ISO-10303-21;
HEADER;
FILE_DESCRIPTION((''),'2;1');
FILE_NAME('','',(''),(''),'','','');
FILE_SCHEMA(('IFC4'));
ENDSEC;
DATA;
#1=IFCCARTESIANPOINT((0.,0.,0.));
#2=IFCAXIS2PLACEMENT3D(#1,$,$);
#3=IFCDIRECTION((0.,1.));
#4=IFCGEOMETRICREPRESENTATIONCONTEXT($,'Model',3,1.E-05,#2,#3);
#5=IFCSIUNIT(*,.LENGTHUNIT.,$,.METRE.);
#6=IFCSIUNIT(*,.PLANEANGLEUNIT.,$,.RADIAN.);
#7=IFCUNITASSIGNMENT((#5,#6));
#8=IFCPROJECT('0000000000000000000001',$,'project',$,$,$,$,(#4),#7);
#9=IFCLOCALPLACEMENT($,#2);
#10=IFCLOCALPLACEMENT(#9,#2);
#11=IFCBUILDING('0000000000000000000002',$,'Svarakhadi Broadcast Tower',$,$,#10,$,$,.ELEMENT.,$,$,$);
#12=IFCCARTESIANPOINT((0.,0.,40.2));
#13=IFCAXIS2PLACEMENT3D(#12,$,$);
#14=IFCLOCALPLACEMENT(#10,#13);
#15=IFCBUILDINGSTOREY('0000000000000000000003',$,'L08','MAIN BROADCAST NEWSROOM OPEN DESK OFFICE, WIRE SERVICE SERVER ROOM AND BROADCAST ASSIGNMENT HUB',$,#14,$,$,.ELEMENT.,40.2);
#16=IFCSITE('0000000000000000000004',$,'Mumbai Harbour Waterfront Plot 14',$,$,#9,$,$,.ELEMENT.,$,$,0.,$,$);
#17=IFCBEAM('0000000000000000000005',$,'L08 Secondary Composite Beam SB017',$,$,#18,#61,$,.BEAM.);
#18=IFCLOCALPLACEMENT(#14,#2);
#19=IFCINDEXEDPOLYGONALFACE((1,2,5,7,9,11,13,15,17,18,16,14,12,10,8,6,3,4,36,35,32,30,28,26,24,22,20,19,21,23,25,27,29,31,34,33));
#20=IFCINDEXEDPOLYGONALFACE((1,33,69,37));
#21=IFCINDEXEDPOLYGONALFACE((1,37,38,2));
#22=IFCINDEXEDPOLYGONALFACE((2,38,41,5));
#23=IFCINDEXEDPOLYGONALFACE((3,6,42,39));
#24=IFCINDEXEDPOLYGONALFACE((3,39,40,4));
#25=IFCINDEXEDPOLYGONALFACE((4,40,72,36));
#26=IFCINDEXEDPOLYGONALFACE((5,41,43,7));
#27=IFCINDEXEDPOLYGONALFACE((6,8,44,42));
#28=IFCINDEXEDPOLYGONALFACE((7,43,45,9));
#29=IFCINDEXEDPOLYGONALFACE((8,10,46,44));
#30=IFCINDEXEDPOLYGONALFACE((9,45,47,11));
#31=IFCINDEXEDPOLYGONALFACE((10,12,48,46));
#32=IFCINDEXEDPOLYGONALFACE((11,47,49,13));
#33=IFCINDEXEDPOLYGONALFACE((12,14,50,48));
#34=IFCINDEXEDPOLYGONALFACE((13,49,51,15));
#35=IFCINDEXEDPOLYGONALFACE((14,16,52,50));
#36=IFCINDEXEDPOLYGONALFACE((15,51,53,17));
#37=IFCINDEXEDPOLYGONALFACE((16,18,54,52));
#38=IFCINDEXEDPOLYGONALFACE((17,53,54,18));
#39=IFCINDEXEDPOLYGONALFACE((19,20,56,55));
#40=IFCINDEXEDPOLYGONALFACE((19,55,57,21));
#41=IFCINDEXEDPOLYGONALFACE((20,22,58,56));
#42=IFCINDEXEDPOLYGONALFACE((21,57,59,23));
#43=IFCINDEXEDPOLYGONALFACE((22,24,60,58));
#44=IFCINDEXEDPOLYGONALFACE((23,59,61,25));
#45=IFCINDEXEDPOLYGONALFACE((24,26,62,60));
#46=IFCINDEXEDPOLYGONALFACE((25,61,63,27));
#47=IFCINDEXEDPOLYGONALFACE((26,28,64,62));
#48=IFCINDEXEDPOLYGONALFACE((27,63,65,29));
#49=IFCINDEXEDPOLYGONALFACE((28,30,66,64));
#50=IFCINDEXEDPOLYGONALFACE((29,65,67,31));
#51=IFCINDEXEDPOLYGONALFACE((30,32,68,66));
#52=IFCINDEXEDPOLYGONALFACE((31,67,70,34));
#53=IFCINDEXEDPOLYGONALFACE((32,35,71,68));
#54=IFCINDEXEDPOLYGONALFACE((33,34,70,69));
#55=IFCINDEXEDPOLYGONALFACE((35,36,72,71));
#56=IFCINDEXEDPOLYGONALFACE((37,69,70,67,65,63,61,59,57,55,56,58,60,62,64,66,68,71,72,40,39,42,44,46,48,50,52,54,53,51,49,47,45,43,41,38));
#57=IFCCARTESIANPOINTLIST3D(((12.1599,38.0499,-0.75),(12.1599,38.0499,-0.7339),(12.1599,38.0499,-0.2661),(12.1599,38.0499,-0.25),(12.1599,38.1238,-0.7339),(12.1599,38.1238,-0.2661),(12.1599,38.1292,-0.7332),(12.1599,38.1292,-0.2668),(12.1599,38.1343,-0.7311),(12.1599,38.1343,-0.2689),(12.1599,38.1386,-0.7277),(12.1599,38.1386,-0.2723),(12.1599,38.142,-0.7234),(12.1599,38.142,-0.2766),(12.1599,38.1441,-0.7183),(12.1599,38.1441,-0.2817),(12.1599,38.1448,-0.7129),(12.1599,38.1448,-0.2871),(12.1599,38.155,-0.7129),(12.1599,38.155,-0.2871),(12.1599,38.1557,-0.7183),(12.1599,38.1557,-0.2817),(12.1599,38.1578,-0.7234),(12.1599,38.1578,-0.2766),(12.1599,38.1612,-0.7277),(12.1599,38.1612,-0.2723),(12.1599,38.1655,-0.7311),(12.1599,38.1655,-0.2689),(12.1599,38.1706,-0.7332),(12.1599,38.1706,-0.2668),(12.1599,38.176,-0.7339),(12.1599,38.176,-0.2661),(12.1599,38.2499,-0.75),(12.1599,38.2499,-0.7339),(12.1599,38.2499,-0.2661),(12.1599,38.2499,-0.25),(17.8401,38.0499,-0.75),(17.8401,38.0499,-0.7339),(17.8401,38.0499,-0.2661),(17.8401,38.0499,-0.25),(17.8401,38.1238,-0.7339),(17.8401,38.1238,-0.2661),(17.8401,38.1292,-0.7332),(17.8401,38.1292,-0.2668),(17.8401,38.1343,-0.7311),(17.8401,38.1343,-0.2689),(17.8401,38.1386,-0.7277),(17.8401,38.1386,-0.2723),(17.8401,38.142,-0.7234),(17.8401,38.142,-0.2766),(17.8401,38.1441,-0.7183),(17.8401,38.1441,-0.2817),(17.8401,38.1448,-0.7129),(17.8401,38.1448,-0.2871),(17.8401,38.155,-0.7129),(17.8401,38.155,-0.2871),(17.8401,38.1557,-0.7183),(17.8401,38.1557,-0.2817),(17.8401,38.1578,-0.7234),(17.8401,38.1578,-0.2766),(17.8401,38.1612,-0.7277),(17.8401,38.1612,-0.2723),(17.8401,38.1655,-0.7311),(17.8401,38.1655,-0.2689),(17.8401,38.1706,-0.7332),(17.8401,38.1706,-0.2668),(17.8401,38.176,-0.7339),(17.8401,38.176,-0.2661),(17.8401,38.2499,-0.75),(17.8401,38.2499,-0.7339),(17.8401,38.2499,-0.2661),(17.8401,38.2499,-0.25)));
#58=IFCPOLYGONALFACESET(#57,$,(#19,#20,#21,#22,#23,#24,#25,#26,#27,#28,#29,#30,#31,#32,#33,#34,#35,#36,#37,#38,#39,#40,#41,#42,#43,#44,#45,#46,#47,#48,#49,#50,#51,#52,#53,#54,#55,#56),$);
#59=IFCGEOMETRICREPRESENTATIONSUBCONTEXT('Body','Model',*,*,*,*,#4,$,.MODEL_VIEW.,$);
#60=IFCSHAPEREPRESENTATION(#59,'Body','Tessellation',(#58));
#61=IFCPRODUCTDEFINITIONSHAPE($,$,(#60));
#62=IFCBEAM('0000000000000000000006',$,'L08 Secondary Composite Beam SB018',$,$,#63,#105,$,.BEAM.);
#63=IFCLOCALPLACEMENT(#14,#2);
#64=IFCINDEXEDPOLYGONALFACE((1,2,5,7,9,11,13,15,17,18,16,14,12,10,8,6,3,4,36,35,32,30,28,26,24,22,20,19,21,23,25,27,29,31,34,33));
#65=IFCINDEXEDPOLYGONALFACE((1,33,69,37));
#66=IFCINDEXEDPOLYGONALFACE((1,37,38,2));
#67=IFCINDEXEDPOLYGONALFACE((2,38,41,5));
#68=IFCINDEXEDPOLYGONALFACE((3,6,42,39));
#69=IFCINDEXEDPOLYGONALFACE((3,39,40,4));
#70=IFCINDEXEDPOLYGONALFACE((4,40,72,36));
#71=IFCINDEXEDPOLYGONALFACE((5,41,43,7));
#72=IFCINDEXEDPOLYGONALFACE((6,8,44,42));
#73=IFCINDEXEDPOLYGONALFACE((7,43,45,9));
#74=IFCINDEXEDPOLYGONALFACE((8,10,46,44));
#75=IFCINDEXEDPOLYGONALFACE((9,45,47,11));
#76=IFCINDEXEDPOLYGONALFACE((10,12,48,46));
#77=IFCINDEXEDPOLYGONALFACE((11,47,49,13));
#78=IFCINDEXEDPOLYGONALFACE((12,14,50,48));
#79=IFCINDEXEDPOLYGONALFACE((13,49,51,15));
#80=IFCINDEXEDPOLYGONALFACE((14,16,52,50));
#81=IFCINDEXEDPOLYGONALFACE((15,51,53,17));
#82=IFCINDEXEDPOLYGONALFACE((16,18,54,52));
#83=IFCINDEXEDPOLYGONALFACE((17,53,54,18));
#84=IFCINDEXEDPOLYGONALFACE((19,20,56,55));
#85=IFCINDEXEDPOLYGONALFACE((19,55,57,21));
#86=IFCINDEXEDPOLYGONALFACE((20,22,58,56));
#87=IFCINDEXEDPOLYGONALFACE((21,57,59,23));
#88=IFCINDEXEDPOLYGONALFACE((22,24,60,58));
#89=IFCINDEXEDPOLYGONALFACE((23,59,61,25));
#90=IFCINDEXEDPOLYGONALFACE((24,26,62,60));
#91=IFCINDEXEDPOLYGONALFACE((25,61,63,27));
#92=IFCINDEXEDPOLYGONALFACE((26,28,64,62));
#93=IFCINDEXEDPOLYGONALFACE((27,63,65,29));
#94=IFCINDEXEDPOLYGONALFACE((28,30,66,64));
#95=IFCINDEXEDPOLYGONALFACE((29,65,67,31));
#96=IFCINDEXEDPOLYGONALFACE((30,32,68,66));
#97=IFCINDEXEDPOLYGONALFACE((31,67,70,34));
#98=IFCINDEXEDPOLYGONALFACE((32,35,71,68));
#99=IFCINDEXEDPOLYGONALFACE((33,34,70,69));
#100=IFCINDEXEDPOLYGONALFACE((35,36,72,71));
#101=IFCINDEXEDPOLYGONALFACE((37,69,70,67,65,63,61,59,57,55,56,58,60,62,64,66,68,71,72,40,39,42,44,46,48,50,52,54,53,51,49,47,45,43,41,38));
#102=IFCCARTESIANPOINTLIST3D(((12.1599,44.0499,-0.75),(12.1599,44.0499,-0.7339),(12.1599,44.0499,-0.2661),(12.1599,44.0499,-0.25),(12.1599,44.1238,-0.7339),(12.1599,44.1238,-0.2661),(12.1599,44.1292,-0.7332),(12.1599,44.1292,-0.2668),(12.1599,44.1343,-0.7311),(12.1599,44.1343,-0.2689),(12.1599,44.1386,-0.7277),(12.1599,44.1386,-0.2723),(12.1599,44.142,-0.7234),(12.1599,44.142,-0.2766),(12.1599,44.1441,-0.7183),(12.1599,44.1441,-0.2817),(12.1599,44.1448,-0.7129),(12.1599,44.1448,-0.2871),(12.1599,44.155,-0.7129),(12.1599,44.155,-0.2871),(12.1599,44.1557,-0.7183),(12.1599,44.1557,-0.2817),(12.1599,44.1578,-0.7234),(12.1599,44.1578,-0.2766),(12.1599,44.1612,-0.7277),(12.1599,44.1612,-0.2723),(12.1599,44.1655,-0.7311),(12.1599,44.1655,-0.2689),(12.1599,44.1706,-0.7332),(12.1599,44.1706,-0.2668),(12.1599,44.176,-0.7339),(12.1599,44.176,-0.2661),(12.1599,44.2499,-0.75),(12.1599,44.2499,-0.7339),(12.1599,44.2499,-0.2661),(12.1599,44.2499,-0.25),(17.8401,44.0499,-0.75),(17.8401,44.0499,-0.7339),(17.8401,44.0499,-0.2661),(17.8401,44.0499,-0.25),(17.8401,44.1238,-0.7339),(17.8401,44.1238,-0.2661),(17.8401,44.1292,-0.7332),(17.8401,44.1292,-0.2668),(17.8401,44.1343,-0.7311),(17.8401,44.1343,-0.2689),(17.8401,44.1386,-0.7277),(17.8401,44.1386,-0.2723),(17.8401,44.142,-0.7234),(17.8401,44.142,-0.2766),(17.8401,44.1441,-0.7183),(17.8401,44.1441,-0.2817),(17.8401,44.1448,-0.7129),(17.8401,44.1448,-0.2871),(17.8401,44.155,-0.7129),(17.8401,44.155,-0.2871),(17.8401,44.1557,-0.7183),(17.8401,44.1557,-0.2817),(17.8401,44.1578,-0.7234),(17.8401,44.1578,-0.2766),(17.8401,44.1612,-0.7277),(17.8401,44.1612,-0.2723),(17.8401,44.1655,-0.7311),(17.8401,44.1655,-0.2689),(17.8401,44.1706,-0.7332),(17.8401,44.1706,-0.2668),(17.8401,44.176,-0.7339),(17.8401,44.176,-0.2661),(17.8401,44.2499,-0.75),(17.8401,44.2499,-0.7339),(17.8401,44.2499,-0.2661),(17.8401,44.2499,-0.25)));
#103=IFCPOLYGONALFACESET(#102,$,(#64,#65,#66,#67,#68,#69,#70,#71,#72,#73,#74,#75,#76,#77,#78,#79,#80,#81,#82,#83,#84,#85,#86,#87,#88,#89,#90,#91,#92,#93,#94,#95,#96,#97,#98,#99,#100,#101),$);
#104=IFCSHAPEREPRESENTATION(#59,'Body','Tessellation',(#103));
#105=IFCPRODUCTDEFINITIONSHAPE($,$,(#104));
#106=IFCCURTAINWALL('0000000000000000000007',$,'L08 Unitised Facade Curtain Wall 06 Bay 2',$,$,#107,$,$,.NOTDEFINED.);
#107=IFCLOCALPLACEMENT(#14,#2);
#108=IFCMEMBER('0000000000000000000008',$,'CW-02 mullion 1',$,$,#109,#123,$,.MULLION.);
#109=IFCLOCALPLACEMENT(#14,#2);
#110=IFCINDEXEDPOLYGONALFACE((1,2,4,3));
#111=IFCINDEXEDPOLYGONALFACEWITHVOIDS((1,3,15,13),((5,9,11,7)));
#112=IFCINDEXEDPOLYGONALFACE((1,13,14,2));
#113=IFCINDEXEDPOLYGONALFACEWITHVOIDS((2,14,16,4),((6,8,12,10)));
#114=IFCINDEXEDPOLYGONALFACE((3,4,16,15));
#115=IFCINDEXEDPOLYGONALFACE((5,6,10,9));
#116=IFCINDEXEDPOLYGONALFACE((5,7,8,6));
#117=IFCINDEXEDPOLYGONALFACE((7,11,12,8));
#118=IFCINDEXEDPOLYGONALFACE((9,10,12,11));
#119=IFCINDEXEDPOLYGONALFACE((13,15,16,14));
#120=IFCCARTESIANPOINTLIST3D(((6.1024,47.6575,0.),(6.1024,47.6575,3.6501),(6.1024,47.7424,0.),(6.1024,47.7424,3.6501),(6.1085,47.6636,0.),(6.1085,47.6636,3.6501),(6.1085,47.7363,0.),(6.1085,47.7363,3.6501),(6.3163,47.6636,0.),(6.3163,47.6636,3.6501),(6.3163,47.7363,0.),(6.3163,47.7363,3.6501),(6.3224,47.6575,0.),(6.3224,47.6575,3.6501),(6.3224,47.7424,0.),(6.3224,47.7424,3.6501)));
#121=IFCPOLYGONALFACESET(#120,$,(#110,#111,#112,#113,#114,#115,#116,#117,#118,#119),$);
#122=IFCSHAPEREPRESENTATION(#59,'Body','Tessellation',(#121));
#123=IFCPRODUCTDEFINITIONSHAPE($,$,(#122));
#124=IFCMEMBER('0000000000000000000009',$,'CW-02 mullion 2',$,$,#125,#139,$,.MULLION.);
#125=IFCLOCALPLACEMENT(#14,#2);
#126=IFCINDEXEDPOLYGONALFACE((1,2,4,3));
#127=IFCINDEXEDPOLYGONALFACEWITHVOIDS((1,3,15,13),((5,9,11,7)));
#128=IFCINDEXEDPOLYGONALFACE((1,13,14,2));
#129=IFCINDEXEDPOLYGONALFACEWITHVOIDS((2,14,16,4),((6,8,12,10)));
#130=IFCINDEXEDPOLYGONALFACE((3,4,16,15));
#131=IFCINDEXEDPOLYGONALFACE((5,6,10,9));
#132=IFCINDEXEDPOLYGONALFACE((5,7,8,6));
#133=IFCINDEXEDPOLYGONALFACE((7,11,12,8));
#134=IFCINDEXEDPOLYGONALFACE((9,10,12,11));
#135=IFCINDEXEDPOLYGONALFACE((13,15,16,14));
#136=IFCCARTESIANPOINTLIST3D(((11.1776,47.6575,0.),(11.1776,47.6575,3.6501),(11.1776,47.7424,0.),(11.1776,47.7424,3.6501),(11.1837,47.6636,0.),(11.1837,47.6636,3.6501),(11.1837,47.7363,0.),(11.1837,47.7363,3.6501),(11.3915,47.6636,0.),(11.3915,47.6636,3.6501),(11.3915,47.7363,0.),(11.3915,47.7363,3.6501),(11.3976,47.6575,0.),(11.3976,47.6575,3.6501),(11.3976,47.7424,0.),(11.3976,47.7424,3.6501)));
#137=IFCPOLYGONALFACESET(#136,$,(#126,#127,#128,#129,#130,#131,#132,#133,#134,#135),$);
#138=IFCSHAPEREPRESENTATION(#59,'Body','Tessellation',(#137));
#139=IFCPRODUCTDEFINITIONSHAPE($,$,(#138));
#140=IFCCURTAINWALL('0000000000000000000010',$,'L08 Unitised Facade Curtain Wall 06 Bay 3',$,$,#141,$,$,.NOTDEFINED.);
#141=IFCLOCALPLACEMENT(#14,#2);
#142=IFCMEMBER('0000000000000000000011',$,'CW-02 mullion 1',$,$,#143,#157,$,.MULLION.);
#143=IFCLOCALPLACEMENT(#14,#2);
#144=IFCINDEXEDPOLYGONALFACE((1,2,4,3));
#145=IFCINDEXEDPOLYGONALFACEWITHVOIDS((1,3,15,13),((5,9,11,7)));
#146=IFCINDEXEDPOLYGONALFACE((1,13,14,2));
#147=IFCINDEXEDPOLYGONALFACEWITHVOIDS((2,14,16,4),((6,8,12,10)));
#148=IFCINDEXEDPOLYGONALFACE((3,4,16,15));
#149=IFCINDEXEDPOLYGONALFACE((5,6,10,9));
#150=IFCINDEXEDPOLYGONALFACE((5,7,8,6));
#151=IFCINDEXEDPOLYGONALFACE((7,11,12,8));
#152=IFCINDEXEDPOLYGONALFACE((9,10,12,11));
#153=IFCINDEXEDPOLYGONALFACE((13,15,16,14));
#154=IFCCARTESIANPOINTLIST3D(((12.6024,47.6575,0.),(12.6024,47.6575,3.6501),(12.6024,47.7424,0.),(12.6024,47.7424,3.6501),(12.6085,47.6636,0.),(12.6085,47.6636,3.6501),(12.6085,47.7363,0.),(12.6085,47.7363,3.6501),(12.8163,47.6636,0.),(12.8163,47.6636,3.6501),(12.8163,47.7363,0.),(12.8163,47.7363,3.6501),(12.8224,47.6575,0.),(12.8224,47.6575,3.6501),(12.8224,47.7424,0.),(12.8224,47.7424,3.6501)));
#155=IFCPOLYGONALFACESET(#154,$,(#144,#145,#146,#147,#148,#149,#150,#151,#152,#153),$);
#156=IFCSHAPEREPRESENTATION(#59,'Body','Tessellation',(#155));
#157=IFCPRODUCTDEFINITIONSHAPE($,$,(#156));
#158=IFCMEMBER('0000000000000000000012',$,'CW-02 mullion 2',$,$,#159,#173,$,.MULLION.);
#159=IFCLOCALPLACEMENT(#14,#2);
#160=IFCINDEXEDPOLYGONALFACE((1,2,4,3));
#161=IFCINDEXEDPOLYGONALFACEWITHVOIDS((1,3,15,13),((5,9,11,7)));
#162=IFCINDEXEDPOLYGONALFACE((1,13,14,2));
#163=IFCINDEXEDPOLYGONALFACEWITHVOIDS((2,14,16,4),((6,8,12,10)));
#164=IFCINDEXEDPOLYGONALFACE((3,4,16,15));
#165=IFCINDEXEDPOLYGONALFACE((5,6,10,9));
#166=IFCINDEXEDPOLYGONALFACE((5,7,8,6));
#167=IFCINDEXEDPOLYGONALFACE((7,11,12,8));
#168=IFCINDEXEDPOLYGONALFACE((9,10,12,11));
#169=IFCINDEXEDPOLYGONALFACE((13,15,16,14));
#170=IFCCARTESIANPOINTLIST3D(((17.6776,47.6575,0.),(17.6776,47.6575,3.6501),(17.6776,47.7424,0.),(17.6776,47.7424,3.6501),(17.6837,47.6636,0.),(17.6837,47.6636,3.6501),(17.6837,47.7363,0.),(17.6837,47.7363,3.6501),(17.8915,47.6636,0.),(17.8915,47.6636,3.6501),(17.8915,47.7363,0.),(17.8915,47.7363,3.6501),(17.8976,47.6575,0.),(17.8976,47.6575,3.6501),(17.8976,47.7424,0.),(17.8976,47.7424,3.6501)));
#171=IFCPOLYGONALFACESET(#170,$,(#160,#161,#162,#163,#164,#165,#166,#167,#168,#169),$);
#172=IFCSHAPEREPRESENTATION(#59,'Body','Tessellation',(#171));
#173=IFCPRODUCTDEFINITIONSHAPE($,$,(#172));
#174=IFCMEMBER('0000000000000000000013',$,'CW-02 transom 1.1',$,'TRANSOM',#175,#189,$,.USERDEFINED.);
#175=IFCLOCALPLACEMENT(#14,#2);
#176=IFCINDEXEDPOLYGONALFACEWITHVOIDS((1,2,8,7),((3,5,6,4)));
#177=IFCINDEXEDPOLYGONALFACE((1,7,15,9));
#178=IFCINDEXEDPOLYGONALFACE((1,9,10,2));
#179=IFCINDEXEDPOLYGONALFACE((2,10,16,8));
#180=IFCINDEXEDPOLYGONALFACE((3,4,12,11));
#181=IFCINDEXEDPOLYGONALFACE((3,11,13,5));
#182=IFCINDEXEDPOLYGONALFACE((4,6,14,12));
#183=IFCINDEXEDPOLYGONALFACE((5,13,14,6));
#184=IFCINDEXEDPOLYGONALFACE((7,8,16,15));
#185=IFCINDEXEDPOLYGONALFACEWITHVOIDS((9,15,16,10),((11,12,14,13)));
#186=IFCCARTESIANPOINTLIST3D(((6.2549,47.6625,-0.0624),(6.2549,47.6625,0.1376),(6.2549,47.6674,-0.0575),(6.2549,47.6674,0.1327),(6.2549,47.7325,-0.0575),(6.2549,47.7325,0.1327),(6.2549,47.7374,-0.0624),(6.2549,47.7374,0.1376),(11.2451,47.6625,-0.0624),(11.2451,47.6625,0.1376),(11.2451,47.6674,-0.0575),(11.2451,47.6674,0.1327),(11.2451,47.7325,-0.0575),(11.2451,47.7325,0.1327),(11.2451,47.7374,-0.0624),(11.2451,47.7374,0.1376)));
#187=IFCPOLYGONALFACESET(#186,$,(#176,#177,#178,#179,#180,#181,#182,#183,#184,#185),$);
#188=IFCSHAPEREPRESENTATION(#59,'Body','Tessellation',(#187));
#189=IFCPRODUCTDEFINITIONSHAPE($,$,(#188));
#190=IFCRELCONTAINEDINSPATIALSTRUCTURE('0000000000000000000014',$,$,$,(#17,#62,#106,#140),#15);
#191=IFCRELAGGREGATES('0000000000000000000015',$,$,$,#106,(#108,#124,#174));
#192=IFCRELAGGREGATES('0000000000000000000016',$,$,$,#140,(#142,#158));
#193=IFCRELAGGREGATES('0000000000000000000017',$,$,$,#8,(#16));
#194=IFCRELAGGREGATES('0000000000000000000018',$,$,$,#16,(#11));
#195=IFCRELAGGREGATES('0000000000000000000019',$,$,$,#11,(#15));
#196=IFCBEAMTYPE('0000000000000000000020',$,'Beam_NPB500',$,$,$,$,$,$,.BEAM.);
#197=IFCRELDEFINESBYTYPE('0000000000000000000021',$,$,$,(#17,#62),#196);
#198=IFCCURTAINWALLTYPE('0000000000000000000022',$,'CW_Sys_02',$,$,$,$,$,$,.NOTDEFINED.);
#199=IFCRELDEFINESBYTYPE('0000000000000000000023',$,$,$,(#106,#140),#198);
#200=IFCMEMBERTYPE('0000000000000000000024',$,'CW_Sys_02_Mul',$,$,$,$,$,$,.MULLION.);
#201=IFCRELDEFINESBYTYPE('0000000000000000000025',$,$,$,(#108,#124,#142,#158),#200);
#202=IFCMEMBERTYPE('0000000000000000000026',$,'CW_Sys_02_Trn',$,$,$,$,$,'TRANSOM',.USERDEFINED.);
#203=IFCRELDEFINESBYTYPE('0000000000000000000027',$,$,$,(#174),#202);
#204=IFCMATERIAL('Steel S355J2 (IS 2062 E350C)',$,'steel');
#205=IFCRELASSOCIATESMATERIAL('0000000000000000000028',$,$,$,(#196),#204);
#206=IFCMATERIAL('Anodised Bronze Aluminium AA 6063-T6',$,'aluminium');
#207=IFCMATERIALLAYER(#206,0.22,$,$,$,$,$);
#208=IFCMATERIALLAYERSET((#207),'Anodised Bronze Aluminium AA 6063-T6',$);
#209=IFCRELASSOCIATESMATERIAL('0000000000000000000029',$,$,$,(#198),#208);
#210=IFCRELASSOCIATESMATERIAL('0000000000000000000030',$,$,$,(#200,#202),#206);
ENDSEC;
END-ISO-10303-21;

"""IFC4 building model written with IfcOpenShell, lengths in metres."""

from ifc_helpers import new_model, si_unit, direction, frame, origin, origin_2d, place, context, subcontext, project, spatial, hollow_rectangle, i_section, extrude, material, layer, layer_set, material_profile, profile_set, type_object, element, aggregate, save


model = new_model("IFC4")

# Units and contexts
model_context = context("Model", 3, precision=1e-05, world=origin(), true_north=direction((0.0, 1.0)))
body_context = subcontext(model_context, "Body", "Model", "MODEL_VIEW")
ifc_project = project(units=[si_unit("LENGTHUNIT", "METRE"), si_unit("PLANEANGLEUNIT", "RADIAN")], contexts=[model_context])

# Site, building, storey
site_placement = place(None, origin())
site = spatial("IfcSite", under=ifc_project, at=site_placement, Name="Mumbai Harbour Waterfront Plot 14", CompositionType="ELEMENT", RefElevation=0.0)
building_placement = place(site_placement, origin())
building = spatial("IfcBuilding", under=site, at=building_placement, Name="Svarakhadi Broadcast Tower", CompositionType="ELEMENT")
storey_placement = place(building_placement, frame((0.0, 0.0, 40.2)))
storey = spatial("IfcBuildingStorey", under=building, at=storey_placement, Name="L08", Description="MAIN BROADCAST NEWSROOM OPEN DESK OFFICE, WIRE SERVICE SERVER ROOM AND BROADCAST ASSIGNMENT HUB", CompositionType="ELEMENT", Elevation=40.2)

# Beams
ifc_material_1 = material(Name="Steel S355J2 (IS 2062 E350C)", Category="steel")
ifc_material_profile_1 = material_profile(ifc_material_1, i_section(OverallWidth=0.2, OverallDepth=0.5, WebThickness=0.0103, FlangeThickness=0.0161, FilletRadius=0.021, at=origin_2d()), Name="NPB 500x200x91")
ifc_profile_set_1 = profile_set([ifc_material_profile_1], Name="Steel S355J2 (IS 2062 E350C)")
beam_type_1 = type_object("IfcBeamType", Name="Beam_NPB500", PredefinedType="BEAM", material=ifc_profile_set_1)
for number, where, z_axis, x_axis, name in (
    (1, (12.1599, 38.1499, -0.5), (1.0, 0.0, 0.0), (0.0, 1.0, 0.0), "L08 Secondary Composite Beam SB017"),
    (2, (12.1599, 44.1499, -0.5), (1.0, 0.0, 0.0), (0.0, 1.0, 0.0), "L08 Secondary Composite Beam SB018"),
):
    element("IfcBeam", number, at=place(storey_placement, frame(where, z_axis=z_axis, x_axis=x_axis)), inside=storey, type_object=beam_type_1, Name=name, PredefinedType="BEAM", context=body_context, shape_type="SweptSolid", body=[
        extrude(i_section(OverallWidth=0.2, OverallDepth=0.5, WebThickness=0.0103, FlangeThickness=0.0161, FilletRadius=0.021, at=origin_2d()), origin(), (0.0, 0.0, 1.0), 5.6802),
    ])

# Curtain walls, members
ifc_material_2 = material(Name="Anodised Bronze Aluminium AA 6063-T6", Category="aluminium")
ifc_layer_1 = layer(ifc_material_2, 0.22)
ifc_layer_set_1 = layer_set([ifc_layer_1], Name="Anodised Bronze Aluminium AA 6063-T6")
curtain_wall_type = type_object("IfcCurtainWallType", Name="CW_Sys_02", PredefinedType="NOTDEFINED", material=ifc_layer_set_1)
curtain_wall_1_placement = place(storey_placement, origin())
curtain_wall_1 = element("IfcCurtainWall", 3, at=curtain_wall_1_placement, inside=storey, type_object=curtain_wall_type, Name="L08 Unitised Facade Curtain Wall 06 Bay 2", PredefinedType="NOTDEFINED")
ifc_material_profile_2 = material_profile(ifc_material_2, hollow_rectangle(XDim=0.085, YDim=0.22, WallThickness=0.0061, at=origin_2d()), Name="ALU MULLION 220x85x6")
ifc_profile_set_2 = profile_set([ifc_material_profile_2], Name="Anodised Bronze Aluminium AA 6063-T6")
member_type_1 = type_object("IfcMemberType", Name="CW_Sys_02_Mul", PredefinedType="MULLION", material=ifc_profile_set_2)
member_1_placement = place(storey_placement, frame((6.2124, 47.7, 0.0), z_axis=(0.0, 0.0, 1.0), x_axis=(0.0, 1.0, 0.0)))
member_1 = element("IfcMember", 4, at=member_1_placement, type_object=member_type_1, Name="CW-02 mullion 1", PredefinedType="MULLION", context=body_context, shape_type="SweptSolid", body=[
    extrude(hollow_rectangle(XDim=0.085, YDim=0.22, WallThickness=0.0061, at=origin_2d()), origin(), (0.0, 0.0, 1.0), 3.6501),
])
member_2_placement = place(storey_placement, frame((11.2876, 47.7, 0.0), z_axis=(0.0, 0.0, 1.0), x_axis=(0.0, 1.0, 0.0)))
member_2 = element("IfcMember", 5, at=member_2_placement, type_object=member_type_1, Name="CW-02 mullion 2", PredefinedType="MULLION", context=body_context, shape_type="SweptSolid", body=[
    extrude(hollow_rectangle(XDim=0.085, YDim=0.22, WallThickness=0.0061, at=origin_2d()), origin(), (0.0, 0.0, 1.0), 3.6501),
])
curtain_wall_2_placement = place(storey_placement, origin())
curtain_wall_2 = element("IfcCurtainWall", 6, at=curtain_wall_2_placement, inside=storey, type_object=curtain_wall_type, Name="L08 Unitised Facade Curtain Wall 06 Bay 3", PredefinedType="NOTDEFINED")
member_3_placement = place(storey_placement, frame((12.7124, 47.7, 0.0), z_axis=(0.0, 0.0, 1.0), x_axis=(0.0, 1.0, 0.0)))
member_3 = element("IfcMember", 7, at=member_3_placement, type_object=member_type_1, Name="CW-02 mullion 1", PredefinedType="MULLION", context=body_context, shape_type="SweptSolid", body=[
    extrude(hollow_rectangle(XDim=0.085, YDim=0.22, WallThickness=0.0061, at=origin_2d()), origin(), (0.0, 0.0, 1.0), 3.6501),
])
member_4_placement = place(storey_placement, frame((17.7876, 47.7, 0.0), z_axis=(0.0, 0.0, 1.0), x_axis=(0.0, 1.0, 0.0)))
member_4 = element("IfcMember", 8, at=member_4_placement, type_object=member_type_1, Name="CW-02 mullion 2", PredefinedType="MULLION", context=body_context, shape_type="SweptSolid", body=[
    extrude(hollow_rectangle(XDim=0.085, YDim=0.22, WallThickness=0.0061, at=origin_2d()), origin(), (0.0, 0.0, 1.0), 3.6501),
])

# Member
ifc_material_profile_3 = material_profile(ifc_material_2, hollow_rectangle(XDim=0.075, YDim=0.2, WallThickness=0.0049, at=origin_2d()), Name="ALU TRANSOM 200x75x5")
ifc_profile_set_3 = profile_set([ifc_material_profile_3], Name="Anodised Bronze Aluminium AA 6063-T6")
member_type_2 = type_object("IfcMemberType", Name="CW_Sys_02_Trn", ElementType="TRANSOM", PredefinedType="USERDEFINED", material=ifc_profile_set_3)
member_5_placement = place(storey_placement, frame((6.2549, 47.7, 0.0376), z_axis=(1.0, 0.0, 0.0), x_axis=(0.0, 1.0, 0.0)))
member_5 = element("IfcMember", 9, at=member_5_placement, type_object=member_type_2, Name="CW-02 transom 1.1", ObjectType="TRANSOM", PredefinedType="USERDEFINED", context=body_context, shape_type="SweptSolid", body=[
    extrude(hollow_rectangle(XDim=0.075, YDim=0.2, WallThickness=0.0049, at=origin_2d()), origin(), (0.0, 0.0, 1.0), 4.9902),
])

aggregate(curtain_wall_1, [member_1, member_2, member_5])
aggregate(curtain_wall_2, [member_3, member_4])

save(model, "model.ifc")
